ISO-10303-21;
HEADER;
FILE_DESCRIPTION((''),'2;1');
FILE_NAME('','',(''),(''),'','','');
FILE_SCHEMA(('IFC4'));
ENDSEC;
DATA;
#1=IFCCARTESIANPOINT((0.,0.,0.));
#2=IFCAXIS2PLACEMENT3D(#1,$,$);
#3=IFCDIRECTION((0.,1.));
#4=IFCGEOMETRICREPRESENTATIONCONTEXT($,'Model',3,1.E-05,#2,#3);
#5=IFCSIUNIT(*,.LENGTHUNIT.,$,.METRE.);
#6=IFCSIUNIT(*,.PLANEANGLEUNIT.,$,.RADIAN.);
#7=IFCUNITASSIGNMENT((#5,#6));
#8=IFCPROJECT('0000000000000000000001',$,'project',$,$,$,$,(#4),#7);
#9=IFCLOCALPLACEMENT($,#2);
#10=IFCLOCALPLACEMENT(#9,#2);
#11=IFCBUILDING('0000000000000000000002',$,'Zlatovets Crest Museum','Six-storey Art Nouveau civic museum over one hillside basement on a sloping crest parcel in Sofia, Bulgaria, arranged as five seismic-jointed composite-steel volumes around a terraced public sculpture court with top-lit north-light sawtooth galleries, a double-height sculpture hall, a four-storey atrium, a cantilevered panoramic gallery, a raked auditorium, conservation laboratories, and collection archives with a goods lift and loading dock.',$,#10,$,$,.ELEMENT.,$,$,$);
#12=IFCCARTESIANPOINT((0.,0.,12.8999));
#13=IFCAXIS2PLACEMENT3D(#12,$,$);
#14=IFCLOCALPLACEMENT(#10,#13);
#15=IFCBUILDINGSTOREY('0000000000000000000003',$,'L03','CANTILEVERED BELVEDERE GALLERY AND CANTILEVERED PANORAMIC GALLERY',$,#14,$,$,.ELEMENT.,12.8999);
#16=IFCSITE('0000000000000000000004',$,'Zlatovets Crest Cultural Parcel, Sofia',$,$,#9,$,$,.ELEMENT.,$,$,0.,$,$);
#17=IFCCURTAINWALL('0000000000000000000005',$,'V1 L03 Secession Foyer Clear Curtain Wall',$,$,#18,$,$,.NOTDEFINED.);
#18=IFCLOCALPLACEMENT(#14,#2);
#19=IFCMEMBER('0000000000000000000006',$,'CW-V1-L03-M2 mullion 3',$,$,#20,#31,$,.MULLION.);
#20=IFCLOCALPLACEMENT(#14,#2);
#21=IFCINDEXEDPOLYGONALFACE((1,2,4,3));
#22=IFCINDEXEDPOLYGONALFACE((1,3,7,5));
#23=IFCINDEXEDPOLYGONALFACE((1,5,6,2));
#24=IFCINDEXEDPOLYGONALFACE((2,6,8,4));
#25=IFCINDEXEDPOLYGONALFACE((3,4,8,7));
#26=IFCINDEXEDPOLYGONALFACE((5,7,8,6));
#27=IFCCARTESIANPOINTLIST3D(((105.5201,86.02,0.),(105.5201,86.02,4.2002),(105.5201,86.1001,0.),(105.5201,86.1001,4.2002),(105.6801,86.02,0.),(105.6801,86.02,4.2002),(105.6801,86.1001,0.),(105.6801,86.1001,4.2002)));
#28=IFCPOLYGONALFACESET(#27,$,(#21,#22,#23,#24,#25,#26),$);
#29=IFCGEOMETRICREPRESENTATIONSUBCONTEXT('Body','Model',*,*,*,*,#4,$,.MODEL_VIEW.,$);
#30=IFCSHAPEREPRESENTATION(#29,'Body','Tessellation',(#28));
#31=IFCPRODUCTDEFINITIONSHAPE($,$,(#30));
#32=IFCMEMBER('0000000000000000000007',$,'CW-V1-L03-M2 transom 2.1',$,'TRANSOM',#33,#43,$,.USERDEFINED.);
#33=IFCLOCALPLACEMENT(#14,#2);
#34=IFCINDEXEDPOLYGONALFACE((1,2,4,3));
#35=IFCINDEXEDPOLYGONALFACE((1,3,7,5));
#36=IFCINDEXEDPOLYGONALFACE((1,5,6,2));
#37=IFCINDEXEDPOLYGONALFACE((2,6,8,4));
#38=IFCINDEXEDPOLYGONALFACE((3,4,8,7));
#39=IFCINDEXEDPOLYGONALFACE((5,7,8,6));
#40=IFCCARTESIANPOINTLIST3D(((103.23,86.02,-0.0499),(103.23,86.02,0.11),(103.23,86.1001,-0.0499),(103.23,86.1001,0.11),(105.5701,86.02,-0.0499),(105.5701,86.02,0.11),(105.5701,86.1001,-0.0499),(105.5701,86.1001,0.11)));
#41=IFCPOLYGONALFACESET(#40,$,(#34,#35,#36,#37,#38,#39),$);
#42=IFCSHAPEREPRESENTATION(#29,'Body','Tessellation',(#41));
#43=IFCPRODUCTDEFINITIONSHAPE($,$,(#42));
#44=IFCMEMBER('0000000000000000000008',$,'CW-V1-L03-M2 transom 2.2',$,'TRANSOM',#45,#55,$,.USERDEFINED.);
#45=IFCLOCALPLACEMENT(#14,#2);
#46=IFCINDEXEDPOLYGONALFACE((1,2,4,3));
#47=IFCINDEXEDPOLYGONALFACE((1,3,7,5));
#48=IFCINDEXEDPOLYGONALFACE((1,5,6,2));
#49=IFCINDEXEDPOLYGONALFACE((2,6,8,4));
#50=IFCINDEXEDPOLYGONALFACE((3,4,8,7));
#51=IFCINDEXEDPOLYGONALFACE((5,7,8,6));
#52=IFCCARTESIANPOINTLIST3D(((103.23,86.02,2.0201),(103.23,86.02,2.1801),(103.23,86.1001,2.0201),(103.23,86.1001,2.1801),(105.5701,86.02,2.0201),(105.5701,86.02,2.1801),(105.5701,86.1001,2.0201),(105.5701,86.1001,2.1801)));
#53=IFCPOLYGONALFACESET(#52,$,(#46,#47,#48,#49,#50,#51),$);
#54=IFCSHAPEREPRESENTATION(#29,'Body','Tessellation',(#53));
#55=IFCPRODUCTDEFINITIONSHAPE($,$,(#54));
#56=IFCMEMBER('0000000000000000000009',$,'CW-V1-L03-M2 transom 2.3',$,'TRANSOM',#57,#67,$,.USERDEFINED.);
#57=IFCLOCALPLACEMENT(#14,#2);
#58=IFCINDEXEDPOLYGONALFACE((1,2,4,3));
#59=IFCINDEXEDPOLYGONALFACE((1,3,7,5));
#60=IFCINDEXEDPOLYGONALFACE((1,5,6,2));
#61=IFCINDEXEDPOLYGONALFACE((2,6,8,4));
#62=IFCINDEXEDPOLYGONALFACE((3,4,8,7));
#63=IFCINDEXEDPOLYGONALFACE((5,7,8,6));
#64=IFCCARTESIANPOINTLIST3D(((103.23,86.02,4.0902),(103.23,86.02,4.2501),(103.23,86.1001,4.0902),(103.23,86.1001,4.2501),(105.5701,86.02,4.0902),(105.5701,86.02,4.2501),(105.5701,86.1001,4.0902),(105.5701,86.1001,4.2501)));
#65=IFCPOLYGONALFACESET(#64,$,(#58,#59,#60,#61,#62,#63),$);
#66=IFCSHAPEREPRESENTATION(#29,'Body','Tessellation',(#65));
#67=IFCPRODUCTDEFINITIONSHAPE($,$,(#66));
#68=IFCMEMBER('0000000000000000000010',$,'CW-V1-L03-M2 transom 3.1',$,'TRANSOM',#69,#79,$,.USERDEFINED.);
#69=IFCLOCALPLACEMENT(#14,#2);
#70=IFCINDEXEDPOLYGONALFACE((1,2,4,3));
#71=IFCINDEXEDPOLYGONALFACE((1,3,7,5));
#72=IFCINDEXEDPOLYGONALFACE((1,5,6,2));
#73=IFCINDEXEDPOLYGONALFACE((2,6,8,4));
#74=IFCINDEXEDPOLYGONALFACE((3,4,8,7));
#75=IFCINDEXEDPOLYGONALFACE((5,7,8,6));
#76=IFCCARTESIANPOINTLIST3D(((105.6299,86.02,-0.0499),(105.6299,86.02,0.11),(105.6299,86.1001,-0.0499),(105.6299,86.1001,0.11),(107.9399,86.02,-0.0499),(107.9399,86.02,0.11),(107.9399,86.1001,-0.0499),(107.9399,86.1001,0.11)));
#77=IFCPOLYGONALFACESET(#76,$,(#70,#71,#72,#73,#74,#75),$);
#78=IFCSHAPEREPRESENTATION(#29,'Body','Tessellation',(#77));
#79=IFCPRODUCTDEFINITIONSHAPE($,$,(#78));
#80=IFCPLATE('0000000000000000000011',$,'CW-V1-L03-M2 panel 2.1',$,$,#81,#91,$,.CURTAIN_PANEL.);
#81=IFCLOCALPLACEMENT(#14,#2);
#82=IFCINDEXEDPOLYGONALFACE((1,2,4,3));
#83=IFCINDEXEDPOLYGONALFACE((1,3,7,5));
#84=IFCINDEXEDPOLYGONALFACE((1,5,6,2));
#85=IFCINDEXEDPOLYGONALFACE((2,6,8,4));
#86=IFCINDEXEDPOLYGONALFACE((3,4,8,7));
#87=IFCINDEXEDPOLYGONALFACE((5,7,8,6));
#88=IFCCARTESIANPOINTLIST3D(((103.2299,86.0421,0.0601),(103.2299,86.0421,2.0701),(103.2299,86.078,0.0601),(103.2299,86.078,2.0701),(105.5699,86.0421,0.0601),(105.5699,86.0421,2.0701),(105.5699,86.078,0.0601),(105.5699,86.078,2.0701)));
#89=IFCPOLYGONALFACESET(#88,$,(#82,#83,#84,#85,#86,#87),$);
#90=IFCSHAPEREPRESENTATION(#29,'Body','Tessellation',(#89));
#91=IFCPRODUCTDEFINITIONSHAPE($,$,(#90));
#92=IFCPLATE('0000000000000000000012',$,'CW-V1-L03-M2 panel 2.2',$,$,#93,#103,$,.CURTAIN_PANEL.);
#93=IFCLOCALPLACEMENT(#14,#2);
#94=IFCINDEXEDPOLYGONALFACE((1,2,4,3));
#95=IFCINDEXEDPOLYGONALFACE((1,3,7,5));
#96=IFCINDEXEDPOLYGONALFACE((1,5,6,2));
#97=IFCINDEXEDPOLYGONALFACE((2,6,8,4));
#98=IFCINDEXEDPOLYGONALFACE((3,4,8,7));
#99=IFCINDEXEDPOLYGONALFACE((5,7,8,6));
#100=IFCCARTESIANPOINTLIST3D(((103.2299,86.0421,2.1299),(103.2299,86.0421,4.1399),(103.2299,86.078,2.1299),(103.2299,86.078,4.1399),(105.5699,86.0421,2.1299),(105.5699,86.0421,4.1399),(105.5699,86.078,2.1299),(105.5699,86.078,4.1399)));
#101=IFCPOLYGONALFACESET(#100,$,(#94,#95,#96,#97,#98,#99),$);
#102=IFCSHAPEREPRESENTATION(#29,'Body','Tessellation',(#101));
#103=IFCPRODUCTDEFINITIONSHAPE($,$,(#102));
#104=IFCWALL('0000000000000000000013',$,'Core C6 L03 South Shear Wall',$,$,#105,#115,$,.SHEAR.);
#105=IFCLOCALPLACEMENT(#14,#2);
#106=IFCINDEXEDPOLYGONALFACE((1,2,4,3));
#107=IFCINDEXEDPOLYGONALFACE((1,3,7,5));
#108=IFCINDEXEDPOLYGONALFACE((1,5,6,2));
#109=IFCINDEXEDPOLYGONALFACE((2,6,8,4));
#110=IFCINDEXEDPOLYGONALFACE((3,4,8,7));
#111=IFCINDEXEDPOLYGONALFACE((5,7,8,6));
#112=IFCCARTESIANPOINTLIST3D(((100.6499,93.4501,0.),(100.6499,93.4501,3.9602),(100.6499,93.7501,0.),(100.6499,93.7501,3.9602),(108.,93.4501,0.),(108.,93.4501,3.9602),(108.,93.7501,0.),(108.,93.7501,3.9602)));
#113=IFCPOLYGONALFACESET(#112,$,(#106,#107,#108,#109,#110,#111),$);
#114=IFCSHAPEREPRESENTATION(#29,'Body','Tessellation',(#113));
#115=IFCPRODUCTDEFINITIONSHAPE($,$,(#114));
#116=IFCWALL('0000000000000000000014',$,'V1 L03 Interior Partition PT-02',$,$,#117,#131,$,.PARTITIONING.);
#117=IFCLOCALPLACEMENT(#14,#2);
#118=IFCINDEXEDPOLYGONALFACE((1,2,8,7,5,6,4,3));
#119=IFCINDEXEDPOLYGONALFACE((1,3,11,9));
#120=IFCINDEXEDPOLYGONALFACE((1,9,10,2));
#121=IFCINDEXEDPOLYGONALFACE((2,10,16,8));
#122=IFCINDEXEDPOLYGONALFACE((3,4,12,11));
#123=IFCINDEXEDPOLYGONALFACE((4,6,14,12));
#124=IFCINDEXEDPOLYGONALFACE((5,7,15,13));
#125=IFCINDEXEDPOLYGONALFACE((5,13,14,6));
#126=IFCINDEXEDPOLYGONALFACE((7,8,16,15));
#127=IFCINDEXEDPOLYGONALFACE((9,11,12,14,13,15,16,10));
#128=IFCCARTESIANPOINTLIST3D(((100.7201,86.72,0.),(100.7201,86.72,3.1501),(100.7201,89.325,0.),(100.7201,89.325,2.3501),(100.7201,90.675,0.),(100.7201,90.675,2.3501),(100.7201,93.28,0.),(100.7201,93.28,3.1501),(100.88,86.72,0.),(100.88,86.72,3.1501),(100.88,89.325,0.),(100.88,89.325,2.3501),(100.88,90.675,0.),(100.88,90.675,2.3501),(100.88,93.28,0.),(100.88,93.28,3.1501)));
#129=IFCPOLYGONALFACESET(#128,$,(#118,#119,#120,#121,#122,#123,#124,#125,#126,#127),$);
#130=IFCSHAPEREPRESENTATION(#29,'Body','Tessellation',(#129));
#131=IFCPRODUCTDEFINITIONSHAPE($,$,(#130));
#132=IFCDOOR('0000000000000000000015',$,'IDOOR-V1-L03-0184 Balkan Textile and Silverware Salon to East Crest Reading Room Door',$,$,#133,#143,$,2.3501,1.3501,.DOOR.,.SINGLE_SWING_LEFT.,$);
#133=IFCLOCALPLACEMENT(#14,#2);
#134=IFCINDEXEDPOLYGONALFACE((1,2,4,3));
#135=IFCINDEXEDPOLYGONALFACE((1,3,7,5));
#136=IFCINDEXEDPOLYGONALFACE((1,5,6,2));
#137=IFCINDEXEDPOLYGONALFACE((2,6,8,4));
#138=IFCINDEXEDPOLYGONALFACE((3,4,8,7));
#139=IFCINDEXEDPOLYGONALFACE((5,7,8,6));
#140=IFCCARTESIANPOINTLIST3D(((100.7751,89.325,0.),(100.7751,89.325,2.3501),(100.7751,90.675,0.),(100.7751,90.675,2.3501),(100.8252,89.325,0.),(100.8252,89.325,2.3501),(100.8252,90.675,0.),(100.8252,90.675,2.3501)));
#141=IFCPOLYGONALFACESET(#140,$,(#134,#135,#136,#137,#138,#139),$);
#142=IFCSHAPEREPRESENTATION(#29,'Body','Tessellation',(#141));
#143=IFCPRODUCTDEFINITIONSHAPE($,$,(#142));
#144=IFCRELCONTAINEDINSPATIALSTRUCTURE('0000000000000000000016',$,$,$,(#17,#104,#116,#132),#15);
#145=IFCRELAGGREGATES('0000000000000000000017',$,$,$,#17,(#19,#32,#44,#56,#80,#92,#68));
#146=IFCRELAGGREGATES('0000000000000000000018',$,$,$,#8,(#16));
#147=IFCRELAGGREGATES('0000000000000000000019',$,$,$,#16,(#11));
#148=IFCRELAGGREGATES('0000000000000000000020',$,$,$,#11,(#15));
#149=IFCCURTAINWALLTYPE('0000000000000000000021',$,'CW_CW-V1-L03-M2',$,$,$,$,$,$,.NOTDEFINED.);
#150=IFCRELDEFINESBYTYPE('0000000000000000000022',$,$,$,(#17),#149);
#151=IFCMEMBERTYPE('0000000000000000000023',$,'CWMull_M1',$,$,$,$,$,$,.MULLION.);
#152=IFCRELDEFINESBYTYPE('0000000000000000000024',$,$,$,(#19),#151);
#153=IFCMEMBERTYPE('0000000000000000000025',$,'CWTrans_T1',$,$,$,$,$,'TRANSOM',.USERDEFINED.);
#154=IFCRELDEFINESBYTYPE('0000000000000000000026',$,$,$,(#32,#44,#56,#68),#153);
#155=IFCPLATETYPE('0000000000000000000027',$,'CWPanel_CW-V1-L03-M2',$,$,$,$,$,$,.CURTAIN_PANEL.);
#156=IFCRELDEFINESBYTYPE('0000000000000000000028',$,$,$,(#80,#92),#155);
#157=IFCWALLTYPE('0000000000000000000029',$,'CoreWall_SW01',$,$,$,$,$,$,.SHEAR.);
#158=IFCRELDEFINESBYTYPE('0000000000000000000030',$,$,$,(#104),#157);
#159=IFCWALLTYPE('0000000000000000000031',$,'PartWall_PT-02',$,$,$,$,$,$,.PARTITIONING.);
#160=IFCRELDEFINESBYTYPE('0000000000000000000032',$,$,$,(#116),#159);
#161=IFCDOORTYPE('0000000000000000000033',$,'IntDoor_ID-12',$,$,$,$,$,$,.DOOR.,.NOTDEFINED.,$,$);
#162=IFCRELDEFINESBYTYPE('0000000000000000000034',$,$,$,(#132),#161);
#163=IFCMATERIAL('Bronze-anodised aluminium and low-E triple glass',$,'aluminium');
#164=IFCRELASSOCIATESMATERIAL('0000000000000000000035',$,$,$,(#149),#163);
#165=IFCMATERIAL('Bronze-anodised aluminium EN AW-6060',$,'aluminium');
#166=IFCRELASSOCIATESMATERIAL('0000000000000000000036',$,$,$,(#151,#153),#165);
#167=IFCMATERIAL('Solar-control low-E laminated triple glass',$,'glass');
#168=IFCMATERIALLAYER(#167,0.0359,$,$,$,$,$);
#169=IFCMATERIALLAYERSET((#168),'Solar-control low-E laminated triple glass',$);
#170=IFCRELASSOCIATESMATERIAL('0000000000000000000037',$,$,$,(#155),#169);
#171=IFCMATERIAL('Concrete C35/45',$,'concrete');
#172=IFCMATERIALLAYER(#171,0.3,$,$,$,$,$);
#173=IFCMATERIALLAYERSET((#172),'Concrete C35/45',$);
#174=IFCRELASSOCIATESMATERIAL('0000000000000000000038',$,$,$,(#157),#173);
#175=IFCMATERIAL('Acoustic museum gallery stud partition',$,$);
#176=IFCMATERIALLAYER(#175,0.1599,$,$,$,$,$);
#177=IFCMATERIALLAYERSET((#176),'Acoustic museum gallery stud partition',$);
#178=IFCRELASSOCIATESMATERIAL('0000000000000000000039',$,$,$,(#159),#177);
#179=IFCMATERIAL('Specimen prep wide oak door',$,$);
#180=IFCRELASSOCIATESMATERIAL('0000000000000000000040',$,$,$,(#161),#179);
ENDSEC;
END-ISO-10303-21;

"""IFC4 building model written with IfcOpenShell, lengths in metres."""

from ifc_helpers import new_model, si_unit, direction, frame, frame_2d, origin, origin_2d, place, context, subcontext, project, spatial, rectangle, extrude, material, layer, layer_set, material_profile, profile_set, type_object, element, fill, aggregate, save


model = new_model("IFC4")

# Units and contexts
model_context = context("Model", 3, precision=1e-05, world=origin(), true_north=direction((0.0, 1.0)))
body_context = subcontext(model_context, "Body", "Model", "MODEL_VIEW")
ifc_project = project(units=[si_unit("LENGTHUNIT", "METRE"), si_unit("PLANEANGLEUNIT", "RADIAN")], contexts=[model_context])

# Site, building, storey
site_placement = place(None, origin())
site = spatial("IfcSite", under=ifc_project, at=site_placement, Name="Zlatovets Crest Cultural Parcel, Sofia", CompositionType="ELEMENT", RefElevation=0.0)
building_placement = place(site_placement, origin())
building = spatial("IfcBuilding", under=site, at=building_placement, Name="Zlatovets Crest Museum", Description="Six-storey Art Nouveau civic museum over one hillside basement on a sloping crest parcel in Sofia, Bulgaria, arranged as five seismic-jointed composite-steel volumes around a terraced public sculpture court with top-lit north-light sawtooth galleries, a double-height sculpture hall, a four-storey atrium, a cantilevered panoramic gallery, a raked auditorium, conservation laboratories, and collection archives with a goods lift and loading dock.", CompositionType="ELEMENT")
storey_placement = place(building_placement, frame((0.0, 0.0, 12.8999)))
storey = spatial("IfcBuildingStorey", under=building, at=storey_placement, Name="L03", Description="CANTILEVERED BELVEDERE GALLERY AND CANTILEVERED PANORAMIC GALLERY", CompositionType="ELEMENT", Elevation=12.8999)

# Curtain wall, members, plates
ifc_material_1 = material(Name="Bronze-anodised aluminium and low-E triple glass", Category="aluminium")
curtain_wall_type = type_object("IfcCurtainWallType", Name="CW_CW-V1-L03-M2", PredefinedType="NOTDEFINED", material=ifc_material_1)
curtain_wall_placement = place(storey_placement, origin())
curtain_wall = element("IfcCurtainWall", 1, at=curtain_wall_placement, inside=storey, type_object=curtain_wall_type, Name="V1 L03 Secession Foyer Clear Curtain Wall", PredefinedType="NOTDEFINED")
ifc_material_2 = material(Name="Bronze-anodised aluminium EN AW-6060", Category="aluminium")
ifc_material_profile_1 = material_profile(ifc_material_2, rectangle(XDim=0.0801, YDim=0.1599, at=origin_2d()), Name="ALU 80x160")
ifc_profile_set_1 = profile_set([ifc_material_profile_1], Name="Bronze-anodised aluminium EN AW-6060")
member_type_1 = type_object("IfcMemberType", Name="CWMull_M1", PredefinedType="MULLION", material=ifc_profile_set_1)
member_1_placement = place(storey_placement, frame((105.6001, 86.0601, 0.0), z_axis=(0.0, 0.0, 1.0), x_axis=(0.0, 1.0, 0.0)))
member_1 = element("IfcMember", 2, at=member_1_placement, type_object=member_type_1, Name="CW-V1-L03-M2 mullion 3", PredefinedType="MULLION", context=body_context, shape_type="SweptSolid", body=[
    extrude(rectangle(XDim=0.0801, YDim=0.1599, at=origin_2d()), origin(), (0.0, 0.0, 1.0), 4.2002),
])
ifc_material_profile_2 = material_profile(ifc_material_2, rectangle(XDim=0.0801, YDim=0.1599, at=origin_2d()), Name="ALU 80x160")
ifc_profile_set_2 = profile_set([ifc_material_profile_2], Name="Bronze-anodised aluminium EN AW-6060")
member_type_2 = type_object("IfcMemberType", Name="CWTrans_T1", ElementType="TRANSOM", PredefinedType="USERDEFINED", material=ifc_profile_set_2)
member_2_placement = place(storey_placement, frame((103.23, 86.0601, 0.03), z_axis=(1.0, 0.0, 0.0), x_axis=(0.0, 1.0, 0.0)))
member_2 = element("IfcMember", 3, at=member_2_placement, type_object=member_type_2, Name="CW-V1-L03-M2 transom 2.1", ObjectType="TRANSOM", PredefinedType="USERDEFINED", context=body_context, shape_type="SweptSolid", body=[
    extrude(rectangle(XDim=0.0801, YDim=0.1599, at=origin_2d()), origin(), (0.0, 0.0, 1.0), 2.3401),
])
member_3_placement = place(storey_placement, frame((103.23, 86.0601, 2.1001), z_axis=(1.0, 0.0, 0.0), x_axis=(0.0, 1.0, 0.0)))
member_3 = element("IfcMember", 4, at=member_3_placement, type_object=member_type_2, Name="CW-V1-L03-M2 transom 2.2", ObjectType="TRANSOM", PredefinedType="USERDEFINED", context=body_context, shape_type="SweptSolid", body=[
    extrude(rectangle(XDim=0.0801, YDim=0.1599, at=origin_2d()), origin(), (0.0, 0.0, 1.0), 2.3401),
])
member_4_placement = place(storey_placement, frame((103.23, 86.0601, 4.1702), z_axis=(1.0, 0.0, 0.0), x_axis=(0.0, 1.0, 0.0)))
member_4 = element("IfcMember", 5, at=member_4_placement, type_object=member_type_2, Name="CW-V1-L03-M2 transom 2.3", ObjectType="TRANSOM", PredefinedType="USERDEFINED", context=body_context, shape_type="SweptSolid", body=[
    extrude(rectangle(XDim=0.0801, YDim=0.1599, at=origin_2d()), origin(), (0.0, 0.0, 1.0), 2.3401),
])
member_5_placement = place(storey_placement, frame((105.6299, 86.0601, 0.03), z_axis=(1.0, 0.0, 0.0), x_axis=(0.0, 1.0, 0.0)))
member_5 = element("IfcMember", 6, at=member_5_placement, type_object=member_type_2, Name="CW-V1-L03-M2 transom 3.1", ObjectType="TRANSOM", PredefinedType="USERDEFINED", context=body_context, shape_type="SweptSolid", body=[
    extrude(rectangle(XDim=0.0801, YDim=0.1599, at=origin_2d()), origin(), (0.0, 0.0, 1.0), 2.3101),
])
ifc_material_3 = material(Name="Solar-control low-E laminated triple glass", Category="glass")
ifc_layer_1 = layer(ifc_material_3, 0.0359)
ifc_layer_set_1 = layer_set([ifc_layer_1], Name="Solar-control low-E laminated triple glass")
plate_type = type_object("IfcPlateType", Name="CWPanel_CW-V1-L03-M2", PredefinedType="CURTAIN_PANEL", material=ifc_layer_set_1)
plate_1_placement = place(storey_placement, frame((104.3999, 86.0601, 0.0601), z_axis=(0.0, 0.0, 1.0), x_axis=(1.0, 0.0, 0.0)))
plate_1 = element("IfcPlate", 7, at=plate_1_placement, type_object=plate_type, Name="CW-V1-L03-M2 panel 2.1", PredefinedType="CURTAIN_PANEL", context=body_context, shape_type="SweptSolid", body=[
    extrude(rectangle(XDim=2.3401, YDim=0.0359, at=origin_2d()), origin(), (0.0, 0.0, 1.0), 2.01),
])
plate_2_placement = place(storey_placement, frame((104.3999, 86.0601, 2.1299), z_axis=(0.0, 0.0, 1.0), x_axis=(1.0, 0.0, 0.0)))
plate_2 = element("IfcPlate", 8, at=plate_2_placement, type_object=plate_type, Name="CW-V1-L03-M2 panel 2.2", PredefinedType="CURTAIN_PANEL", context=body_context, shape_type="SweptSolid", body=[
    extrude(rectangle(XDim=2.3401, YDim=0.0359, at=origin_2d()), origin(), (0.0, 0.0, 1.0), 2.01),
])
aggregate(curtain_wall, [member_1, member_2, member_3, member_4, plate_1, plate_2, member_5])

# Wall
ifc_material_4 = material(Name="Concrete C35/45", Category="concrete")
ifc_layer_2 = layer(ifc_material_4, 0.3)
ifc_layer_set_2 = layer_set([ifc_layer_2], Name="Concrete C35/45")
wall_type_1 = type_object("IfcWallType", Name="CoreWall_SW01", PredefinedType="SHEAR", material=ifc_layer_set_2)
wall_1_placement = place(storey_placement, frame((100.6499, 93.6001, 0.0), z_axis=(0.0, 0.0, 1.0), x_axis=(1.0, 0.0, 0.0)))
element("IfcWall", 9, at=wall_1_placement, inside=storey, type_object=wall_type_1, Name="Core C6 L03 South Shear Wall", PredefinedType="SHEAR", context=body_context, shape_type="SweptSolid", body=[
    extrude(rectangle(XDim=7.3501, YDim=0.3, at=frame_2d((3.675, 0.0))), origin(), (0.0, 0.0, 1.0), 3.9602),
])

# Wall, opening, door
ifc_material_5 = material(Name="Acoustic museum gallery stud partition")
ifc_layer_3 = layer(ifc_material_5, 0.1599)
ifc_layer_set_3 = layer_set([ifc_layer_3], Name="Acoustic museum gallery stud partition")
wall_type_2 = type_object("IfcWallType", Name="PartWall_PT-02", PredefinedType="PARTITIONING", material=ifc_layer_set_3)
wall_2_placement = place(storey_placement, frame((100.8, 86.72, 0.0), z_axis=(0.0, 0.0, 1.0), x_axis=(0.0, 1.0, 0.0)))
wall_2 = element("IfcWall", 10, at=wall_2_placement, inside=storey, type_object=wall_type_2, Name="V1 L03 Interior Partition PT-02", PredefinedType="PARTITIONING", context=body_context, shape_type="SweptSolid", body=[
    extrude(rectangle(XDim=6.5601, YDim=0.1599, at=frame_2d((3.28, 0.0))), origin(), (0.0, 0.0, 1.0), 3.1501),
])
opening_1_placement = place(wall_2_placement, frame((2.605, 0.0, 0.0)))
opening_1 = element("IfcOpeningElement", 11, at=opening_1_placement, cuts=wall_2, PredefinedType="OPENING", context=body_context, shape_type="SweptSolid", body=[
    extrude(rectangle(XDim=1.3501, YDim=2.3501, at=frame_2d((0.675, 1.175))), frame((0.0, 0.0898, 0.0), z_axis=(0.0, -1.0, 0.0), x_axis=(1.0, 0.0, 0.0)), (0.0, 0.0, 1.0), 0.1799),
])
ifc_material_6 = material(Name="Specimen prep wide oak door")
door_type_1 = type_object("IfcDoorType", Name="IntDoor_ID-12", OperationType="NOTDEFINED", PredefinedType="DOOR", material=ifc_material_6)
door_1_placement = place(opening_1_placement, origin())
door_1 = element("IfcDoor", 12, at=door_1_placement, inside=storey, type_object=door_type_1, Name="IDOOR-V1-L03-0184 Balkan Textile and Silverware Salon to East Crest Reading Room Door", OperationType="SINGLE_SWING_LEFT", OverallHeight=2.3501, OverallWidth=1.3501, PredefinedType="DOOR", context=body_context, shape_type="SweptSolid", body=[
    extrude(rectangle(XDim=1.3501, YDim=2.3501, at=frame_2d((0.675, 1.175))), frame((0.0, 0.0249, 0.0), z_axis=(0.0, -1.0, 0.0), x_axis=(1.0, 0.0, 0.0)), (0.0, 0.0, 1.0), 0.05),
])
fill(opening_1, door_1)

save(model, "model.ifc")
